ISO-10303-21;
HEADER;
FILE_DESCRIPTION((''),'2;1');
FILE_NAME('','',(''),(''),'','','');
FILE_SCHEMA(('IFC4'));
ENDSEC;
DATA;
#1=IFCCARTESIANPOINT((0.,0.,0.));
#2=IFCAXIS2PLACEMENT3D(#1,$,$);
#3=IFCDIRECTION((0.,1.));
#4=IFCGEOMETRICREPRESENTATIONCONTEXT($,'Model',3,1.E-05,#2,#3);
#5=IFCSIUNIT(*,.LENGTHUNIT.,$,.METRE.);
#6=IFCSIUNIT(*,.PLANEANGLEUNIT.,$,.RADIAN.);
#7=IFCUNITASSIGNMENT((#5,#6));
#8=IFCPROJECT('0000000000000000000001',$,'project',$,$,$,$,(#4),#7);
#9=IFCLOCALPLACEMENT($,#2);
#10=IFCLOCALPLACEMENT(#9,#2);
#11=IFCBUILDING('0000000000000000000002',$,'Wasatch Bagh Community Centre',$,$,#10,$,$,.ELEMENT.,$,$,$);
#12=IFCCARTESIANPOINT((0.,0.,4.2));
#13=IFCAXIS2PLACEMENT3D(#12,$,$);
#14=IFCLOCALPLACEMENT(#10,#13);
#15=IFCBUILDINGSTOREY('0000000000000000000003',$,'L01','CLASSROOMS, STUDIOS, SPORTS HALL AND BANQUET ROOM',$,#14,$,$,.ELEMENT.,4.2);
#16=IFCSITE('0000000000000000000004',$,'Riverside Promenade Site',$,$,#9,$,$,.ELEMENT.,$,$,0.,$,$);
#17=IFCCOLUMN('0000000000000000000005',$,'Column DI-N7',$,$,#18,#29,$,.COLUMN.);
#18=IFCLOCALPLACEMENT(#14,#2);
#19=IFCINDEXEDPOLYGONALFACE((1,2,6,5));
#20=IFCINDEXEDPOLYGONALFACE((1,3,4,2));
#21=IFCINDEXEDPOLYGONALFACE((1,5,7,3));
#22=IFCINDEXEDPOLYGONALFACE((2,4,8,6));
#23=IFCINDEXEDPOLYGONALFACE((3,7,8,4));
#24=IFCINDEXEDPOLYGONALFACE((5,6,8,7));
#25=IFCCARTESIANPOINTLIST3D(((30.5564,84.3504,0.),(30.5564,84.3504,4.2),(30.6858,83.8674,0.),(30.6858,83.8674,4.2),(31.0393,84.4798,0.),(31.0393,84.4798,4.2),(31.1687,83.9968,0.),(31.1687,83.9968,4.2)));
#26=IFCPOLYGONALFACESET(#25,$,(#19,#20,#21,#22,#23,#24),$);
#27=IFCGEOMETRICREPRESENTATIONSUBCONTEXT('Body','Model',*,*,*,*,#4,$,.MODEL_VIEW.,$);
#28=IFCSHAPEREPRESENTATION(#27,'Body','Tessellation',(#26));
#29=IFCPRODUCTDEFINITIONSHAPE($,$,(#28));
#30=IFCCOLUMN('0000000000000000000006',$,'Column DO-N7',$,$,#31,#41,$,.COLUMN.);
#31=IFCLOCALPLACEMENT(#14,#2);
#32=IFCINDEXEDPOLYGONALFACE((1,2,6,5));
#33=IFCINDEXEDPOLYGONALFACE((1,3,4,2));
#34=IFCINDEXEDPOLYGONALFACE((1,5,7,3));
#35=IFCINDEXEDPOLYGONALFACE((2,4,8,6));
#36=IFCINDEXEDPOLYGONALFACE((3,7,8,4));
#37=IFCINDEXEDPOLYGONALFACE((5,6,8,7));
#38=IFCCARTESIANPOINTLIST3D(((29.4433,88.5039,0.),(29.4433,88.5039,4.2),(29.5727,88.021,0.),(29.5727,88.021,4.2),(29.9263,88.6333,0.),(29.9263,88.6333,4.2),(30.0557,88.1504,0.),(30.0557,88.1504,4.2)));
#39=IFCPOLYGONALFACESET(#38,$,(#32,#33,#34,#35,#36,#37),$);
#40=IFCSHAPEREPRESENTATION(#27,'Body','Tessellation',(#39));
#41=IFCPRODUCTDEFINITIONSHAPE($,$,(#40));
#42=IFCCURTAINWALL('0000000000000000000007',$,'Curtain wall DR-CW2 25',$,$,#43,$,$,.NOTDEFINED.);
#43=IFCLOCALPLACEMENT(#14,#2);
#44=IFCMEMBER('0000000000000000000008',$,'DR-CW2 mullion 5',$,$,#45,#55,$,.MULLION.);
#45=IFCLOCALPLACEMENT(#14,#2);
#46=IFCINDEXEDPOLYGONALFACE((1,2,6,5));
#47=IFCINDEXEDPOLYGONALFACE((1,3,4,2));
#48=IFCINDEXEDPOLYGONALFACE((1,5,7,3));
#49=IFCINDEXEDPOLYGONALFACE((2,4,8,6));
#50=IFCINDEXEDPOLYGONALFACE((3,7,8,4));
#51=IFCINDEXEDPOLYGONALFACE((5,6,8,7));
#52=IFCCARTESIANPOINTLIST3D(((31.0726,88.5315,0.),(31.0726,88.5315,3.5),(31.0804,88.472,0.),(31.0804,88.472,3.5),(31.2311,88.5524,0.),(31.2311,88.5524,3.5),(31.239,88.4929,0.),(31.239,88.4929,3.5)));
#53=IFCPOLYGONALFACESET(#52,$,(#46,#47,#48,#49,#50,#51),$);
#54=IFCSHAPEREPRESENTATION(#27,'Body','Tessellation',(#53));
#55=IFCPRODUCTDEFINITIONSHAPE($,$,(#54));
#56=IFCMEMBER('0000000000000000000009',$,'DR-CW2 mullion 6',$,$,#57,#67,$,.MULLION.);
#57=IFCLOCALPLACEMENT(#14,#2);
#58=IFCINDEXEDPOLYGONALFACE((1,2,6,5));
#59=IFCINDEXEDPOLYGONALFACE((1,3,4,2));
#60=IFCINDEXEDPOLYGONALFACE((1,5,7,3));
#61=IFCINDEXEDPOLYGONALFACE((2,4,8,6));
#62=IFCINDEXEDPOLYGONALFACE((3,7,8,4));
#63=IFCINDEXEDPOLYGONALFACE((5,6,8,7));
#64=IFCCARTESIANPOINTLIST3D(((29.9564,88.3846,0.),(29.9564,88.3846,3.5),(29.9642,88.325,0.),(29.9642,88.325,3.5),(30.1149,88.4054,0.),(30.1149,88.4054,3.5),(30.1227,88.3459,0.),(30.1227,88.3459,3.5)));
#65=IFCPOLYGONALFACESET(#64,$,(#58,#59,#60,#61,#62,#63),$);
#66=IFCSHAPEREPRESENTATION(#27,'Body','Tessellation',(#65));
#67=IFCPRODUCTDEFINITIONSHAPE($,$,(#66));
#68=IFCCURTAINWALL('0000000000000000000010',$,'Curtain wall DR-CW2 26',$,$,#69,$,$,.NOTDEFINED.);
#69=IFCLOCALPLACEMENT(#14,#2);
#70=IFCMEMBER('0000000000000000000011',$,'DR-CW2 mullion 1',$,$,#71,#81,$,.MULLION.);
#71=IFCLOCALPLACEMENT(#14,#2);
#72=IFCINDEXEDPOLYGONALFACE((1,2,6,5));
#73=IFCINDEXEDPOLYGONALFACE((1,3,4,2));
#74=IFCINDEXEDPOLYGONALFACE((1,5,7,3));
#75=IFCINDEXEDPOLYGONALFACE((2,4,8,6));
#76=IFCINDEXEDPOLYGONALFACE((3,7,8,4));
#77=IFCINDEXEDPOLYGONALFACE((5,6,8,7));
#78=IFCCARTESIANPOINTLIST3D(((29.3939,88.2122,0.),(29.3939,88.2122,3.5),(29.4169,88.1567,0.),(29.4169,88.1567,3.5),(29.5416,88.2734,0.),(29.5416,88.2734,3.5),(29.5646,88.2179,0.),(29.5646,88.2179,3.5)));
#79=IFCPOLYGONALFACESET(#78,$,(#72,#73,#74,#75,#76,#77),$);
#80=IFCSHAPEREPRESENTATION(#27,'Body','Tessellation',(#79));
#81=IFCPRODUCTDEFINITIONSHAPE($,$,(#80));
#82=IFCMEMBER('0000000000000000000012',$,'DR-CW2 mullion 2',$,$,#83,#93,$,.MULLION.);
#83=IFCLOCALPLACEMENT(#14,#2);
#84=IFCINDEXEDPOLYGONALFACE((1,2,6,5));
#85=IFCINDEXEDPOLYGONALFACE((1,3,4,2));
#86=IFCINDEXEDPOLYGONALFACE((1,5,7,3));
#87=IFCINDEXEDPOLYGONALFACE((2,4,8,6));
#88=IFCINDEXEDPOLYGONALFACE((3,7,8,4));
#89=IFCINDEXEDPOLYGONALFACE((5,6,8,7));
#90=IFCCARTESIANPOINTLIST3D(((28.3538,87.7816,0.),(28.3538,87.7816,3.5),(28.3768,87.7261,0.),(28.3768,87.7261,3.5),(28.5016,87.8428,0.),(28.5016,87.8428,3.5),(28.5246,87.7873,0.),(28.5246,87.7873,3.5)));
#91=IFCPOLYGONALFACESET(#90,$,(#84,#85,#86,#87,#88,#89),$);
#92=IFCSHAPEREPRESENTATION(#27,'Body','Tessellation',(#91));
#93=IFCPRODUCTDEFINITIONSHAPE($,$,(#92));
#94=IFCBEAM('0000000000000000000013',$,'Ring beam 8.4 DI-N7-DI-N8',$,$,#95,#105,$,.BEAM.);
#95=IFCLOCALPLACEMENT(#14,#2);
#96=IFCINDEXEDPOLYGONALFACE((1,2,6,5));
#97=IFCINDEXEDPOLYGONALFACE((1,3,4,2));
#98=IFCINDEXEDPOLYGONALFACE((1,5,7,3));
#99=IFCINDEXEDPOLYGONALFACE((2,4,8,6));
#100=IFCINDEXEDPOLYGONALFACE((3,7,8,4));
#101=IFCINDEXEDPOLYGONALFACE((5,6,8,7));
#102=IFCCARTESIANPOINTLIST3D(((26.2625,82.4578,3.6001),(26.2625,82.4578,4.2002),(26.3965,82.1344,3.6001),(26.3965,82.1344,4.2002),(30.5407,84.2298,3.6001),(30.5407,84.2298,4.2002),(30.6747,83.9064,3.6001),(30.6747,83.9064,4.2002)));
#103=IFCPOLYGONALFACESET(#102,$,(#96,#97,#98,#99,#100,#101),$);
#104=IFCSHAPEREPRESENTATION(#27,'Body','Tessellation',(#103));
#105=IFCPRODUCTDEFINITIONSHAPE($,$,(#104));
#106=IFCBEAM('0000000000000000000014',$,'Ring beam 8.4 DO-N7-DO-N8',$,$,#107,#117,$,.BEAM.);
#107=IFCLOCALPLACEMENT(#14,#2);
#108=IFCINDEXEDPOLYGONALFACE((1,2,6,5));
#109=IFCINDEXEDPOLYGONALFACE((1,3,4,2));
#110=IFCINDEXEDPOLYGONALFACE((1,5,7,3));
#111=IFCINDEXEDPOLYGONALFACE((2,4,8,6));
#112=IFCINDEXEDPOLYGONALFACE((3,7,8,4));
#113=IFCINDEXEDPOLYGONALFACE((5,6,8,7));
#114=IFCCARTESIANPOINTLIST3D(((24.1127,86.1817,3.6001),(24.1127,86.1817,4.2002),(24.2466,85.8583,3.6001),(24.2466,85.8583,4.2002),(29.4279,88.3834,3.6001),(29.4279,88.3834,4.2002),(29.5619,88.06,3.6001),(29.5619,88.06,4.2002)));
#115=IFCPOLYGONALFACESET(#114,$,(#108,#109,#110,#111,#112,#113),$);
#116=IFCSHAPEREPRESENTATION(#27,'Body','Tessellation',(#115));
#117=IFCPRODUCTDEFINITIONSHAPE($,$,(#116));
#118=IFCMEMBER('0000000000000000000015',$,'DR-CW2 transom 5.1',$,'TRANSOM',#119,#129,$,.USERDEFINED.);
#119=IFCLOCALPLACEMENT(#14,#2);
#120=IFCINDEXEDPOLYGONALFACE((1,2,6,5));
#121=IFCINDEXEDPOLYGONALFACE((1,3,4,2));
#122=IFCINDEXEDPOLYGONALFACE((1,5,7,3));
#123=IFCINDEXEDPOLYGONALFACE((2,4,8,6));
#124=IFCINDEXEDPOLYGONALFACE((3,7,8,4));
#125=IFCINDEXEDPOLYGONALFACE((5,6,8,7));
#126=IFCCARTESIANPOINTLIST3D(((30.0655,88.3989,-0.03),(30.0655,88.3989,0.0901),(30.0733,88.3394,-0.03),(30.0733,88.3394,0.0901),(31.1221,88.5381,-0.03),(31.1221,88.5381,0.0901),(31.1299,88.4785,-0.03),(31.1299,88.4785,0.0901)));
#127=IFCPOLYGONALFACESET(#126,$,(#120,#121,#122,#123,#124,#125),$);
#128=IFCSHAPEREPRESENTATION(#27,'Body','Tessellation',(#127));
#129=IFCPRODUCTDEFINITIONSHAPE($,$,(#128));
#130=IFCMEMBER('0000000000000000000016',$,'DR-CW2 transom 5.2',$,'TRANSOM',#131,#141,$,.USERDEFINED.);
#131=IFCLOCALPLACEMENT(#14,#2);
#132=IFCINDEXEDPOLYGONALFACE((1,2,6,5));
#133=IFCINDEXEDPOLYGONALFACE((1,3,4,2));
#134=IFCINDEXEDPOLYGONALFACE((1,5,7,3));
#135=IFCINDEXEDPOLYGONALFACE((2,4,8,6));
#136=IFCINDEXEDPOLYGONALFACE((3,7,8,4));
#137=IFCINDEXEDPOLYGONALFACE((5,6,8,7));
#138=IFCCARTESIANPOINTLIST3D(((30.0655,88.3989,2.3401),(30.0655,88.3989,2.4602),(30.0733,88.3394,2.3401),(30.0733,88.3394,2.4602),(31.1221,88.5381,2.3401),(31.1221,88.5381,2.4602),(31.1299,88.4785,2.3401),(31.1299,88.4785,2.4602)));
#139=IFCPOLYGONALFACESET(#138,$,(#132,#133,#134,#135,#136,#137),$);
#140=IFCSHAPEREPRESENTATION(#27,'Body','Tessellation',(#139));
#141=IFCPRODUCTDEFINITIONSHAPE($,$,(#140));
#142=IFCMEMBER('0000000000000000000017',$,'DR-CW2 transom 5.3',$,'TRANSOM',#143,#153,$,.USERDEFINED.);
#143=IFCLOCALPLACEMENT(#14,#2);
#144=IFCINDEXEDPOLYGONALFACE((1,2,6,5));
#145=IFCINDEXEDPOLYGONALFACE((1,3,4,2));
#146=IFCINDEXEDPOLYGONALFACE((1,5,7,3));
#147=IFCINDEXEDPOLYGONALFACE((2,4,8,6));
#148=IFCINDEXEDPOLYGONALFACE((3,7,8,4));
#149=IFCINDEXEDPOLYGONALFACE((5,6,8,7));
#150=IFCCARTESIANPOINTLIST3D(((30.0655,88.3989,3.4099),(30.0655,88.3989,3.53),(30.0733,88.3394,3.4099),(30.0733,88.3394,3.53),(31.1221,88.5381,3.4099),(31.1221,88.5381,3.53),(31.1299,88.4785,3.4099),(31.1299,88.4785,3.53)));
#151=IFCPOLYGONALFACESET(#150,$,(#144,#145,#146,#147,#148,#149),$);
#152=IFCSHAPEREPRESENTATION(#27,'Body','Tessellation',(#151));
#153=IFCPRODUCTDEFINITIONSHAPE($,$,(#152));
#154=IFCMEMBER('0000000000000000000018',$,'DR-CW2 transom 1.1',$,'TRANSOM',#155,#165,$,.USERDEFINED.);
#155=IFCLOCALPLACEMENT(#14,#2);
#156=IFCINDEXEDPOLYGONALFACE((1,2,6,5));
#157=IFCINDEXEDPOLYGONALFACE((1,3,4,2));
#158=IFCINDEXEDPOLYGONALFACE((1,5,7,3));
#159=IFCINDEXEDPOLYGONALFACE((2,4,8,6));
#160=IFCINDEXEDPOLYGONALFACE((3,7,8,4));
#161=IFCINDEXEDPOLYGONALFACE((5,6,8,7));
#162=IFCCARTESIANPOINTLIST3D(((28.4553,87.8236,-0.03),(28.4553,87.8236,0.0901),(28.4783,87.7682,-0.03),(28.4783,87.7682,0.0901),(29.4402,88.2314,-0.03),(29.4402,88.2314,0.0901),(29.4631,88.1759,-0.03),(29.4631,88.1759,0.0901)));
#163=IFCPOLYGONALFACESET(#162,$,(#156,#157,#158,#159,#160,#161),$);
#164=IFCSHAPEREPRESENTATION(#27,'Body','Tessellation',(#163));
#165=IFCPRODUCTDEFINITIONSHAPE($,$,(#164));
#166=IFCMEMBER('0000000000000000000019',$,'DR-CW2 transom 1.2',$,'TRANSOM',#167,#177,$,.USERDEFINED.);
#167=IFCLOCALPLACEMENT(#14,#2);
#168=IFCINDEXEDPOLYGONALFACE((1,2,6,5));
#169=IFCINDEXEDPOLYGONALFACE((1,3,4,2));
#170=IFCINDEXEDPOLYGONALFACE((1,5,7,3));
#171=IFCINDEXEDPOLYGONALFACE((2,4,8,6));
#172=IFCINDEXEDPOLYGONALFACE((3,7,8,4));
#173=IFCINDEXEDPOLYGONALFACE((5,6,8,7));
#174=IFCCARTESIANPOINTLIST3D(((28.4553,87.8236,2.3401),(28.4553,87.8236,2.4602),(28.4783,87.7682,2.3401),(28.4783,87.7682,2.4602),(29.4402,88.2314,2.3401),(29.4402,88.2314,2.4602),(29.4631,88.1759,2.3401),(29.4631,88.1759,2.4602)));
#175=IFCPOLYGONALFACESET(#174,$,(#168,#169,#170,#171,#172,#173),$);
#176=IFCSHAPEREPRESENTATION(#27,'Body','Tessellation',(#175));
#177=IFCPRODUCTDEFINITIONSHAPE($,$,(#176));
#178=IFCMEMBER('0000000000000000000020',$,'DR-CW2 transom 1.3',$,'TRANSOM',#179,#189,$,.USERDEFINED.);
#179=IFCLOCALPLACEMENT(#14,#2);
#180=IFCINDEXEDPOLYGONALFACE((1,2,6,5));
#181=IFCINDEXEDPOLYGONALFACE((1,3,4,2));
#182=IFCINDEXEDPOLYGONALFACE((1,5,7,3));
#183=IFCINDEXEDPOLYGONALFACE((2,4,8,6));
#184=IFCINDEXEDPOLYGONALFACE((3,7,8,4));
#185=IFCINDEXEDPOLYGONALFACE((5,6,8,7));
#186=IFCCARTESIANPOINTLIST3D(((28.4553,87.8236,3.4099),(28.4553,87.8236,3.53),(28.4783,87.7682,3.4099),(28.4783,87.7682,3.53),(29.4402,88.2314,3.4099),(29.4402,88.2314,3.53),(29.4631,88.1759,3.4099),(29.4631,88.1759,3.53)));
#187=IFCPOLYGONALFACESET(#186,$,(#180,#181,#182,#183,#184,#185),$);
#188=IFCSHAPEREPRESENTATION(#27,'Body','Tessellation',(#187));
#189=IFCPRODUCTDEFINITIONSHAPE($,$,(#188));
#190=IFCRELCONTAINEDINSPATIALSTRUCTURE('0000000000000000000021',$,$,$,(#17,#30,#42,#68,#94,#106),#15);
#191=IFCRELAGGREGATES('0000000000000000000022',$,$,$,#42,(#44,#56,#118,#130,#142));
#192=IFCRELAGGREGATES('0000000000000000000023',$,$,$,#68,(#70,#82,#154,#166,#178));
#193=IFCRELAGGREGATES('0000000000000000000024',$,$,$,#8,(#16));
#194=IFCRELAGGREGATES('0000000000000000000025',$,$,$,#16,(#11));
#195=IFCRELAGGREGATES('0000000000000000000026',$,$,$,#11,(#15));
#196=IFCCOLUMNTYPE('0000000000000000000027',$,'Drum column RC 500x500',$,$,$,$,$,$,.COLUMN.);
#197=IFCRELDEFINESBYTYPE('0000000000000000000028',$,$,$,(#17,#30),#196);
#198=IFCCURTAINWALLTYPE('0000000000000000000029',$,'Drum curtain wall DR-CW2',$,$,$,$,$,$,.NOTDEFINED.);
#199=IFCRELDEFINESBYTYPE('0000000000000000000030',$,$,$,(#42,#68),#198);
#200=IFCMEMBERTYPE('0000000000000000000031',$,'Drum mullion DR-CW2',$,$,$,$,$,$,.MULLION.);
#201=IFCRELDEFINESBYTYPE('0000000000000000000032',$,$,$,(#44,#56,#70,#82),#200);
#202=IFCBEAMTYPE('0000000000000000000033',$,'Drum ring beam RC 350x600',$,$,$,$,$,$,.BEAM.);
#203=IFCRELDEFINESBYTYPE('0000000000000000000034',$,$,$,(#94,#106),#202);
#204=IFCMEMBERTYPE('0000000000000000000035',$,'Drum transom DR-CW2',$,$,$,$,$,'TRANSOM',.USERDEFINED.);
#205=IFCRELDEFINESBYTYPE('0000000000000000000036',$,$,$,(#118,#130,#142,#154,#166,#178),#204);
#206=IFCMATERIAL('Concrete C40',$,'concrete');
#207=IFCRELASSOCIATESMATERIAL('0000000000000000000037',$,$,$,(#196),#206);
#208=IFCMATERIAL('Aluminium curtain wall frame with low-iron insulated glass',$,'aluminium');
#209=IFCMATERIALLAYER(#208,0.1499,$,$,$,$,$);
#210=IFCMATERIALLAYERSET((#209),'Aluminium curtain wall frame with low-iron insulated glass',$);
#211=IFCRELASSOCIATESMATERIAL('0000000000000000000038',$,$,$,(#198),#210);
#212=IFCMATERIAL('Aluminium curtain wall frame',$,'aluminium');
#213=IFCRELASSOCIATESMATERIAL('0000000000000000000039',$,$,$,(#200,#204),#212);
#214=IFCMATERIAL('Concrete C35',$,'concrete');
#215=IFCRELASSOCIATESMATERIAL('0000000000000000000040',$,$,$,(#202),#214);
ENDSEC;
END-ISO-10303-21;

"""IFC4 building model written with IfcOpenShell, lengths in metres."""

from ifc_helpers import new_model, si_unit, direction, frame, origin, origin_2d, place, context, subcontext, project, spatial, rectangle, extrude, material, layer, layer_set, material_profile, profile_set, type_object, element, aggregate, save


model = new_model("IFC4")

# Units and contexts
model_context = context("Model", 3, precision=1e-05, world=origin(), true_north=direction((0.0, 1.0)))
body_context = subcontext(model_context, "Body", "Model", "MODEL_VIEW")
ifc_project = project(units=[si_unit("LENGTHUNIT", "METRE"), si_unit("PLANEANGLEUNIT", "RADIAN")], contexts=[model_context])

# Site, building, storey
site_placement = place(None, origin())
site = spatial("IfcSite", under=ifc_project, at=site_placement, Name="Riverside Promenade Site", CompositionType="ELEMENT", RefElevation=0.0)
building_placement = place(site_placement, origin())
building = spatial("IfcBuilding", under=site, at=building_placement, Name="Wasatch Bagh Community Centre", CompositionType="ELEMENT")
storey_placement = place(building_placement, frame((0.0, 0.0, 4.2)))
storey = spatial("IfcBuildingStorey", under=building, at=storey_placement, Name="L01", Description="CLASSROOMS, STUDIOS, SPORTS HALL AND BANQUET ROOM", CompositionType="ELEMENT", Elevation=4.2)

# Columns
ifc_material_1 = material(Name="Concrete C40", Category="concrete")
ifc_material_profile_1 = material_profile(ifc_material_1, rectangle(XDim=0.5, YDim=0.5, at=origin_2d()), Name="RC 500x500")
ifc_profile_set_1 = profile_set([ifc_material_profile_1], Name="Concrete C40")
column_type = type_object("IfcColumnType", Name="Drum column RC 500x500", PredefinedType="COLUMN", material=ifc_profile_set_1)
for number, where, z_axis, x_axis, name in (
    (1, (30.8625, 84.1736, 0.0), (0.0, 0.0, 1.0), (0.965926, 0.258819, 0.0), "Column DI-N7"),
    (2, (29.7495, 88.3271, 0.0), (0.0, 0.0, 1.0), (0.965926, 0.258819, 0.0), "Column DO-N7"),
):
    element("IfcColumn", number, at=place(storey_placement, frame(where, z_axis=z_axis, x_axis=x_axis)), inside=storey, type_object=column_type, Name=name, PredefinedType="COLUMN", context=body_context, shape_type="SweptSolid", body=[
        extrude(rectangle(XDim=0.5, YDim=0.5, at=origin_2d()), origin(), (0.0, 0.0, 1.0), 4.2),
    ])

# Curtain walls, members
ifc_material_2 = material(Name="Aluminium curtain wall frame with low-iron insulated glass", Category="aluminium")
ifc_layer_1 = layer(ifc_material_2, 0.1499)
ifc_layer_set_1 = layer_set([ifc_layer_1], Name="Aluminium curtain wall frame with low-iron insulated glass")
curtain_wall_type = type_object("IfcCurtainWallType", Name="Drum curtain wall DR-CW2", PredefinedType="NOTDEFINED", material=ifc_layer_set_1)
curtain_wall_1_placement = place(storey_placement, origin())
curtain_wall_1 = element("IfcCurtainWall", 3, at=curtain_wall_1_placement, inside=storey, type_object=curtain_wall_type, Name="Curtain wall DR-CW2 25", PredefinedType="NOTDEFINED")
ifc_material_3 = material(Name="Aluminium curtain wall frame", Category="aluminium")
ifc_material_profile_2 = material_profile(ifc_material_3, rectangle(XDim=0.0601, YDim=0.1599, at=origin_2d()), Name="Drum mullion DR-CW2")
ifc_profile_set_2 = profile_set([ifc_material_profile_2], Name="Aluminium curtain wall frame")
member_type_1 = type_object("IfcMemberType", Name="Drum mullion DR-CW2", PredefinedType="MULLION", material=ifc_profile_set_2)
member_1_placement = place(storey_placement, frame((31.1558, 88.5122, 0.0), z_axis=(0.0, 0.0, 1.0), x_axis=(0.130526, -0.991445, 0.0)))
member_1 = element("IfcMember", 4, at=member_1_placement, type_object=member_type_1, Name="DR-CW2 mullion 5", PredefinedType="MULLION", context=body_context, shape_type="SweptSolid", body=[
    extrude(rectangle(XDim=0.0601, YDim=0.1599, at=origin_2d()), origin(), (0.0, 0.0, 1.0), 3.5),
])
member_2_placement = place(storey_placement, frame((30.0396, 88.3652, 0.0), z_axis=(0.0, 0.0, 1.0), x_axis=(0.130526, -0.991445, 0.0)))
member_2 = element("IfcMember", 5, at=member_2_placement, type_object=member_type_1, Name="DR-CW2 mullion 6", PredefinedType="MULLION", context=body_context, shape_type="SweptSolid", body=[
    extrude(rectangle(XDim=0.0601, YDim=0.1599, at=origin_2d()), origin(), (0.0, 0.0, 1.0), 3.5),
])
curtain_wall_2_placement = place(storey_placement, origin())
curtain_wall_2 = element("IfcCurtainWall", 6, at=curtain_wall_2_placement, inside=storey, type_object=curtain_wall_type, Name="Curtain wall DR-CW2 26", PredefinedType="NOTDEFINED")
member_3_placement = place(storey_placement, frame((29.4792, 88.2151, 0.0), z_axis=(0.0, 0.0, 1.0), x_axis=(0.382683, -0.92388, 0.0)))
member_3 = element("IfcMember", 7, at=member_3_placement, type_object=member_type_1, Name="DR-CW2 mullion 1", PredefinedType="MULLION", context=body_context, shape_type="SweptSolid", body=[
    extrude(rectangle(XDim=0.0601, YDim=0.1599, at=origin_2d()), origin(), (0.0, 0.0, 1.0), 3.5),
])
member_4_placement = place(storey_placement, frame((28.4392, 87.7844, 0.0), z_axis=(0.0, 0.0, 1.0), x_axis=(0.382683, -0.92388, 0.0)))
member_4 = element("IfcMember", 8, at=member_4_placement, type_object=member_type_1, Name="DR-CW2 mullion 2", PredefinedType="MULLION", context=body_context, shape_type="SweptSolid", body=[
    extrude(rectangle(XDim=0.0601, YDim=0.1599, at=origin_2d()), origin(), (0.0, 0.0, 1.0), 3.5),
])

# Beams
ifc_material_4 = material(Name="Concrete C35", Category="concrete")
ifc_material_profile_3 = material_profile(ifc_material_4, rectangle(XDim=0.3501, YDim=0.6001, at=origin_2d()), Name="RC 350x600")
ifc_profile_set_3 = profile_set([ifc_material_profile_3], Name="Concrete C35")
beam_type = type_object("IfcBeamType", Name="Drum ring beam RC 350x600", PredefinedType="BEAM", material=ifc_profile_set_3)
beam_1_placement = place(storey_placement, frame((30.6077, 84.0681, 3.9001), z_axis=(-0.923884, -0.382672, 0.0), x_axis=(0.382672, -0.923884, 0.0)))
element("IfcBeam", 9, at=beam_1_placement, inside=storey, type_object=beam_type, Name="Ring beam 8.4 DI-N7-DI-N8", PredefinedType="BEAM", context=body_context, shape_type="SweptSolid", body=[
    extrude(rectangle(XDim=0.3501, YDim=0.6001, at=origin_2d()), origin(), (0.0, 0.0, 1.0), 4.6306),
])
beam_2_placement = place(storey_placement, frame((29.4949, 88.2217, 3.9001), z_axis=(-0.923877, -0.382689, 0.0), x_axis=(0.382689, -0.923877, 0.0)))
element("IfcBeam", 10, at=beam_2_placement, inside=storey, type_object=beam_type, Name="Ring beam 8.4 DO-N7-DO-N8", PredefinedType="BEAM", context=body_context, shape_type="SweptSolid", body=[
    extrude(rectangle(XDim=0.3501, YDim=0.6001, at=origin_2d()), origin(), (0.0, 0.0, 1.0), 5.7532),
])

# Members
ifc_material_profile_4 = material_profile(ifc_material_3, rectangle(XDim=0.0601, YDim=0.1201, at=origin_2d()), Name="Drum transom DR-CW2")
ifc_profile_set_4 = profile_set([ifc_material_profile_4], Name="Aluminium curtain wall frame")
member_type_2 = type_object("IfcMemberType", Name="Drum transom DR-CW2", ElementType="TRANSOM", PredefinedType="USERDEFINED", material=ifc_profile_set_4)
member_5_placement = place(storey_placement, frame((31.126, 88.5083, 0.03), z_axis=(-0.991439, -0.130573, 0.0), x_axis=(0.130573, -0.991439, 0.0)))
member_5 = element("IfcMember", 11, at=member_5_placement, type_object=member_type_2, Name="DR-CW2 transom 5.1", ObjectType="TRANSOM", PredefinedType="USERDEFINED", context=body_context, shape_type="SweptSolid", body=[
    extrude(rectangle(XDim=0.0601, YDim=0.1201, at=origin_2d()), origin(), (0.0, 0.0, 1.0), 1.0657),
])
member_6_placement = place(storey_placement, frame((31.126, 88.5083, 2.4001), z_axis=(-0.991439, -0.130573, 0.0), x_axis=(0.130573, -0.991439, 0.0)))
member_6 = element("IfcMember", 12, at=member_6_placement, type_object=member_type_2, Name="DR-CW2 transom 5.2", ObjectType="TRANSOM", PredefinedType="USERDEFINED", context=body_context, shape_type="SweptSolid", body=[
    extrude(rectangle(XDim=0.0601, YDim=0.1201, at=origin_2d()), origin(), (0.0, 0.0, 1.0), 1.0657),
])
member_7_placement = place(storey_placement, frame((31.126, 88.5083, 3.47), z_axis=(-0.991439, -0.130573, 0.0), x_axis=(0.130573, -0.991439, 0.0)))
member_7 = element("IfcMember", 13, at=member_7_placement, type_object=member_type_2, Name="DR-CW2 transom 5.3", ObjectType="TRANSOM", PredefinedType="USERDEFINED", context=body_context, shape_type="SweptSolid", body=[
    extrude(rectangle(XDim=0.0601, YDim=0.1201, at=origin_2d()), origin(), (0.0, 0.0, 1.0), 1.0657),
])
member_8_placement = place(storey_placement, frame((29.4517, 88.2036, 0.03), z_axis=(-0.923955, -0.3825, 0.0), x_axis=(0.3825, -0.923955, 0.0)))
member_8 = element("IfcMember", 14, at=member_8_placement, type_object=member_type_2, Name="DR-CW2 transom 1.1", ObjectType="TRANSOM", PredefinedType="USERDEFINED", context=body_context, shape_type="SweptSolid", body=[
    extrude(rectangle(XDim=0.0601, YDim=0.1201, at=origin_2d()), origin(), (0.0, 0.0, 1.0), 1.0659),
])
member_9_placement = place(storey_placement, frame((29.4517, 88.2036, 2.4001), z_axis=(-0.923955, -0.3825, 0.0), x_axis=(0.3825, -0.923955, 0.0)))
member_9 = element("IfcMember", 15, at=member_9_placement, type_object=member_type_2, Name="DR-CW2 transom 1.2", ObjectType="TRANSOM", PredefinedType="USERDEFINED", context=body_context, shape_type="SweptSolid", body=[
    extrude(rectangle(XDim=0.0601, YDim=0.1201, at=origin_2d()), origin(), (0.0, 0.0, 1.0), 1.0659),
])
member_10_placement = place(storey_placement, frame((29.4517, 88.2036, 3.47), z_axis=(-0.923955, -0.3825, 0.0), x_axis=(0.3825, -0.923955, 0.0)))
member_10 = element("IfcMember", 16, at=member_10_placement, type_object=member_type_2, Name="DR-CW2 transom 1.3", ObjectType="TRANSOM", PredefinedType="USERDEFINED", context=body_context, shape_type="SweptSolid", body=[
    extrude(rectangle(XDim=0.0601, YDim=0.1201, at=origin_2d()), origin(), (0.0, 0.0, 1.0), 1.0659),
])

aggregate(curtain_wall_1, [member_1, member_2, member_5, member_6, member_7])
aggregate(curtain_wall_2, [member_3, member_4, member_8, member_9, member_10])

save(model, "model.ifc")
